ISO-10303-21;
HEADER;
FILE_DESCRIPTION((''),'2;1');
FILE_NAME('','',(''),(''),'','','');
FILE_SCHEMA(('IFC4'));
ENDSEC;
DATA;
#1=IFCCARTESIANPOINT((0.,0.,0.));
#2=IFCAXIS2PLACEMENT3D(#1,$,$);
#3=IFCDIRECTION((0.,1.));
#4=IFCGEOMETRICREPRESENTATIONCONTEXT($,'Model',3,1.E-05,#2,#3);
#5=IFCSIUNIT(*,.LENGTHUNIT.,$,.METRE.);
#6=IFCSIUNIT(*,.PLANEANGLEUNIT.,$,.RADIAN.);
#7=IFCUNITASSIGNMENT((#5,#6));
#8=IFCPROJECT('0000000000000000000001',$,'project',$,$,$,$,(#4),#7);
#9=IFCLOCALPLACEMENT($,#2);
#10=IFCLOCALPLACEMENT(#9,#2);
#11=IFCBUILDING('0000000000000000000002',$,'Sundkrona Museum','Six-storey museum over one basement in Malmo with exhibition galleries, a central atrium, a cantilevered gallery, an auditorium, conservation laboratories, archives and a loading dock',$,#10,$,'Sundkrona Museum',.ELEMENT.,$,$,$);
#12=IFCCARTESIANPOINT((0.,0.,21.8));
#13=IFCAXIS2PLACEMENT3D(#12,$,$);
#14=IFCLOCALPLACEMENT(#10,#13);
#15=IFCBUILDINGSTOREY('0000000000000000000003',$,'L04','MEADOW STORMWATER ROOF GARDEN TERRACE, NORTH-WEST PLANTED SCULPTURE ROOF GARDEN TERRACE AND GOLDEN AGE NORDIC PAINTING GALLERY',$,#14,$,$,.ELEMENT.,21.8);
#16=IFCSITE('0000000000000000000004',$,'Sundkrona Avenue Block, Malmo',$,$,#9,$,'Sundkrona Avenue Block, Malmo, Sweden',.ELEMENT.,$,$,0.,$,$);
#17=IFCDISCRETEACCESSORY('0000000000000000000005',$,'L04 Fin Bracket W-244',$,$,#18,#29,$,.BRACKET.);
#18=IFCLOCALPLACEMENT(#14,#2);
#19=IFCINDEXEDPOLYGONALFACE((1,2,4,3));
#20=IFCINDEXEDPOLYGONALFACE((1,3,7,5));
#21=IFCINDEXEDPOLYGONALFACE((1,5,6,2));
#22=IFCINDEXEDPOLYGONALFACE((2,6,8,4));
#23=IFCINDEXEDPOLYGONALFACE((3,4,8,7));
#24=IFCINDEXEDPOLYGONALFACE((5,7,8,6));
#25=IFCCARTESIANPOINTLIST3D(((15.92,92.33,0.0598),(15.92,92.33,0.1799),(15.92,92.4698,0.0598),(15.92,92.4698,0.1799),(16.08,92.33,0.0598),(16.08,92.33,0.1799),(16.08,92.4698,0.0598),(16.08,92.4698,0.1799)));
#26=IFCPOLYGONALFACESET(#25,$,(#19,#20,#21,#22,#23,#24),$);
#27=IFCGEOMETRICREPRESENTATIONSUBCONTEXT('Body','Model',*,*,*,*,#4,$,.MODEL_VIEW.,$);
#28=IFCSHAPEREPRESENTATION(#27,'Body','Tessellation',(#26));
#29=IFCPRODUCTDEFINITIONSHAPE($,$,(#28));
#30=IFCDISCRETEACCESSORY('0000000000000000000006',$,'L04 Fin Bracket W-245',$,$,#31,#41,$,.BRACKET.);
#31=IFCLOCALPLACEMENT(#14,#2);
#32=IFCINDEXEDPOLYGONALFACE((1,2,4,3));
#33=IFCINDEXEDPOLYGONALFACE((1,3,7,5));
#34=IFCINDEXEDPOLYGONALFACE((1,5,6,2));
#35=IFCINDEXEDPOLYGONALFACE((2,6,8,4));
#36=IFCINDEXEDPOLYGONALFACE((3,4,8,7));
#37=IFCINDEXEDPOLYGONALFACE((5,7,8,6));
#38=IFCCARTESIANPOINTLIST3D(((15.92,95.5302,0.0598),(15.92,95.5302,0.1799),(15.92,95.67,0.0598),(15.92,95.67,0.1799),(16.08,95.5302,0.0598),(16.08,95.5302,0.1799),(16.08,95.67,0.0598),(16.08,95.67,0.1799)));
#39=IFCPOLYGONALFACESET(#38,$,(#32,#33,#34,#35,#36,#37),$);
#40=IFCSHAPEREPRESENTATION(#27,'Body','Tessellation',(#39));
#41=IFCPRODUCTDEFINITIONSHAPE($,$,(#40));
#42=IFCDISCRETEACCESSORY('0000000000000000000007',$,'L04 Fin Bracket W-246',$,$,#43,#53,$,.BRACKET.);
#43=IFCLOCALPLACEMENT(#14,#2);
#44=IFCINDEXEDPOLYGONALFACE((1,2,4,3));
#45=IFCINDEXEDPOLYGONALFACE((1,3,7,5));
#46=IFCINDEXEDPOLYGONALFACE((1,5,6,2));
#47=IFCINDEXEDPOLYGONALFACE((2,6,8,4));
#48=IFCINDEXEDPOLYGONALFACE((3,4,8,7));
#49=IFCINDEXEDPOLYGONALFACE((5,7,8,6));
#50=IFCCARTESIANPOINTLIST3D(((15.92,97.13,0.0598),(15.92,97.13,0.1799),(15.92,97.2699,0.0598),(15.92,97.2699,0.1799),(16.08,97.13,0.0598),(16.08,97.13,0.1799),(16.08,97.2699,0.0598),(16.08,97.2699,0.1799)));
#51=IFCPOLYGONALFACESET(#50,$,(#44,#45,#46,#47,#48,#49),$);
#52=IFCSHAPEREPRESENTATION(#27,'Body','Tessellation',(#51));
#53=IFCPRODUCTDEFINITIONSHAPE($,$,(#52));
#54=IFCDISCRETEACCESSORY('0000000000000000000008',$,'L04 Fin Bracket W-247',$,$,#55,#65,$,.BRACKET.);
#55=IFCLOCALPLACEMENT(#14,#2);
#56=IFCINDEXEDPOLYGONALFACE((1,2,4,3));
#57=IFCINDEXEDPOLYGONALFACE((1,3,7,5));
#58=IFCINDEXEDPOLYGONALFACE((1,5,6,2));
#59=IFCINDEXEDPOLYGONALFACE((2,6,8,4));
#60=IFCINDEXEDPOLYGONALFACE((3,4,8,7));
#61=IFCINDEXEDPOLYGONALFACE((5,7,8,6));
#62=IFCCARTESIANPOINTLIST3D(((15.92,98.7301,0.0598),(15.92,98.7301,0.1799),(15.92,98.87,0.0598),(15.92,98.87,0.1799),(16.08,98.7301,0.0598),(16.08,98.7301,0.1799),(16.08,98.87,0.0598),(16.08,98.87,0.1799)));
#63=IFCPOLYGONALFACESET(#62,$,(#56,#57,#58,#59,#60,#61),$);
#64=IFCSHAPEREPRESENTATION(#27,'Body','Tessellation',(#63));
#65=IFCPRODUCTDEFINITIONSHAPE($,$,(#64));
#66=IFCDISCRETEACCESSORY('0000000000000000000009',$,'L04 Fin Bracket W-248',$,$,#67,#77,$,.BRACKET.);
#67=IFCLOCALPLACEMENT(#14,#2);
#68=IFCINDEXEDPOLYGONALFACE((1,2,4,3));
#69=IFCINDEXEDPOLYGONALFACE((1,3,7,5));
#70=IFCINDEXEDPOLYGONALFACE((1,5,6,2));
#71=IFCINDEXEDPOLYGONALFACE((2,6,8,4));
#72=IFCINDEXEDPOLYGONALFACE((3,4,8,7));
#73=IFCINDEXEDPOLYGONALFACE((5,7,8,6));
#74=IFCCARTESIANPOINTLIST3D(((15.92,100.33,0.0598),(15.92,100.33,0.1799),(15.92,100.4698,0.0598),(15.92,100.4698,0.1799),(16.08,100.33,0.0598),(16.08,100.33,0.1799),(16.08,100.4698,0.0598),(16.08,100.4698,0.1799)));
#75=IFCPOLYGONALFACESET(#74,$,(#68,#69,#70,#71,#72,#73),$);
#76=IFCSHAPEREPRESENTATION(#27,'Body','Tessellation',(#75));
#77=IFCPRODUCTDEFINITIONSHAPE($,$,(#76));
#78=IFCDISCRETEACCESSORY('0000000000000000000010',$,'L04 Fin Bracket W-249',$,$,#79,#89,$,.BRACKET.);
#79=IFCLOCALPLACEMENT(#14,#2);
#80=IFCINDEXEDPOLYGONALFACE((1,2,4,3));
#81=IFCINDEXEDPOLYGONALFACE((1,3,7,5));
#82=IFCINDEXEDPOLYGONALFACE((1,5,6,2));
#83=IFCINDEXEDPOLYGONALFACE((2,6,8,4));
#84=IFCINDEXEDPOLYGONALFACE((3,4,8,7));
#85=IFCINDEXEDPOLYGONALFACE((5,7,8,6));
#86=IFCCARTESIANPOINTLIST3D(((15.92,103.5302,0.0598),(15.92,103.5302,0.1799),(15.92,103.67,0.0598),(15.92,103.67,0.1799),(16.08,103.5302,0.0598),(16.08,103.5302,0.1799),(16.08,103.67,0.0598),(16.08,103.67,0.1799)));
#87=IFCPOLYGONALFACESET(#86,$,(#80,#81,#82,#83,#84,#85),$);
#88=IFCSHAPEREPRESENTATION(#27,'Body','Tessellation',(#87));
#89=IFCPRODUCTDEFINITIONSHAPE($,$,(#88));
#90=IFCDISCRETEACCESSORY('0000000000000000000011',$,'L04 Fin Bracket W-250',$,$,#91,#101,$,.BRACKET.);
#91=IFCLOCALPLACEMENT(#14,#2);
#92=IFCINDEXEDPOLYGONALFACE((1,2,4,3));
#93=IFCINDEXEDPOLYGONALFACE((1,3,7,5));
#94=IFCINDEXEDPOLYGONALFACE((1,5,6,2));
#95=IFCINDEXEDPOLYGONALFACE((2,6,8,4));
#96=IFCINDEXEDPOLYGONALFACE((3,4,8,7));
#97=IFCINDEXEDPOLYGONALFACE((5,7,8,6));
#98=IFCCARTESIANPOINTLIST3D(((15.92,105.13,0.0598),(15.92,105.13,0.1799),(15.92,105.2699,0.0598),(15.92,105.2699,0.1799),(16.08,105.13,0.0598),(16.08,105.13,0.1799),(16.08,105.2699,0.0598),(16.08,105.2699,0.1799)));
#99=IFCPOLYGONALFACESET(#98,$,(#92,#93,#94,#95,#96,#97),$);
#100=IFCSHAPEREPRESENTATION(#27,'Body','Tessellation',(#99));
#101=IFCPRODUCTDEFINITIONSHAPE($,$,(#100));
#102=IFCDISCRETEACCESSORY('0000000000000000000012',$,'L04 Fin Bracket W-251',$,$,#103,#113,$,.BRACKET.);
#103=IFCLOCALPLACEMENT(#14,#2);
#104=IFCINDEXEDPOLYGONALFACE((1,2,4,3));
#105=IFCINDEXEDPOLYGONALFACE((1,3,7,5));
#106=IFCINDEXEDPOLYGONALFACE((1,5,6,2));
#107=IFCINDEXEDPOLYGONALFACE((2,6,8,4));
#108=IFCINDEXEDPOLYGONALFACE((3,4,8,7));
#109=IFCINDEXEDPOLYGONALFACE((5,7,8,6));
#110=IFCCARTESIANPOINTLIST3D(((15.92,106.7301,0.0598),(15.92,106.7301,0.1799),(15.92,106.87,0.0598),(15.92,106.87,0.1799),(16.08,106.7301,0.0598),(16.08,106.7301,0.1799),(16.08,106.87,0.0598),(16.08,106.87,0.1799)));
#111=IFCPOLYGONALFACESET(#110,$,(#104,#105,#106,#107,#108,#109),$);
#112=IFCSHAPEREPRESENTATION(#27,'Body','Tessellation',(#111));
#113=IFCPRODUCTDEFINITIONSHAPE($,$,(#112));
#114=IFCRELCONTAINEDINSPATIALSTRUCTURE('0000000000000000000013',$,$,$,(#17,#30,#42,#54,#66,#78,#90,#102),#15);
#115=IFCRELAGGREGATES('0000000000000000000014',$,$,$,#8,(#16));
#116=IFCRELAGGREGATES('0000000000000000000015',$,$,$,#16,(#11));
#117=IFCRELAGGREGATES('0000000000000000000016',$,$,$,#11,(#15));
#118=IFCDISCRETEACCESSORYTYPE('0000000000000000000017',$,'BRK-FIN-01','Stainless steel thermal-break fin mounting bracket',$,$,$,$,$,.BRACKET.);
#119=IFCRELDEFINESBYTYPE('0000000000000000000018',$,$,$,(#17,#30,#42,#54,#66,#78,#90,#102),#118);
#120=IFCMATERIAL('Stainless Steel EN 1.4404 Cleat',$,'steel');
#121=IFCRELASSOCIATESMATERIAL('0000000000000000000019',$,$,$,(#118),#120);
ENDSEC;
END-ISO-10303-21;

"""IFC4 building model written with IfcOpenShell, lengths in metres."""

from ifc_helpers import new_model, si_unit, direction, frame, origin, origin_2d, place, context, subcontext, project, spatial, rectangle, extrude, material, type_object, element, save


model = new_model("IFC4")

# Units and contexts
model_context = context("Model", 3, precision=1e-05, world=origin(), true_north=direction((0.0, 1.0)))
body_context = subcontext(model_context, "Body", "Model", "MODEL_VIEW")
ifc_project = project(units=[si_unit("LENGTHUNIT", "METRE"), si_unit("PLANEANGLEUNIT", "RADIAN")], contexts=[model_context])

# Site, building, storey
site_placement = place(None, origin())
site = spatial("IfcSite", under=ifc_project, at=site_placement, Name="Sundkrona Avenue Block, Malmo", LongName="Sundkrona Avenue Block, Malmo, Sweden", CompositionType="ELEMENT", RefElevation=0.0)
building_placement = place(site_placement, origin())
building = spatial("IfcBuilding", under=site, at=building_placement, Name="Sundkrona Museum", Description="Six-storey museum over one basement in Malmo with exhibition galleries, a central atrium, a cantilevered gallery, an auditorium, conservation laboratories, archives and a loading dock", LongName="Sundkrona Museum", CompositionType="ELEMENT")
storey_placement = place(building_placement, frame((0.0, 0.0, 21.8)))
storey = spatial("IfcBuildingStorey", under=building, at=storey_placement, Name="L04", Description="MEADOW STORMWATER ROOF GARDEN TERRACE, NORTH-WEST PLANTED SCULPTURE ROOF GARDEN TERRACE AND GOLDEN AGE NORDIC PAINTING GALLERY", CompositionType="ELEMENT", Elevation=21.8)

# Discrete accessories
ifc_material_1 = material(Name="Stainless Steel EN 1.4404 Cleat", Category="steel")
discrete_accessory_type = type_object("IfcDiscreteAccessoryType", Name="BRK-FIN-01", Description="Stainless steel thermal-break fin mounting bracket", PredefinedType="BRACKET", material=ifc_material_1)
for number, where, z_axis, x_axis, name in (
    (1, (16.0, 92.3999, 0.0598), (0.0, 0.0, 1.0), (1.0, 0.0, 0.0), "L04 Fin Bracket W-244"),
    (2, (16.0, 95.6001, 0.0598), (0.0, 0.0, 1.0), (1.0, 0.0, 0.0), "L04 Fin Bracket W-245"),
    (3, (16.0, 97.2, 0.0598), (0.0, 0.0, 1.0), (1.0, 0.0, 0.0), "L04 Fin Bracket W-246"),
    (4, (16.0, 98.8, 0.0598), (0.0, 0.0, 1.0), (1.0, 0.0, 0.0), "L04 Fin Bracket W-247"),
    (5, (16.0, 100.3999, 0.0598), (0.0, 0.0, 1.0), (1.0, 0.0, 0.0), "L04 Fin Bracket W-248"),
    (6, (16.0, 103.6001, 0.0598), (0.0, 0.0, 1.0), (1.0, 0.0, 0.0), "L04 Fin Bracket W-249"),
    (7, (16.0, 105.2, 0.0598), (0.0, 0.0, 1.0), (1.0, 0.0, 0.0), "L04 Fin Bracket W-250"),
    (8, (16.0, 106.8, 0.0598), (0.0, 0.0, 1.0), (1.0, 0.0, 0.0), "L04 Fin Bracket W-251"),
):
    element("IfcDiscreteAccessory", number, at=place(storey_placement, frame(where, z_axis=z_axis, x_axis=x_axis)), inside=storey, type_object=discrete_accessory_type, Name=name, PredefinedType="BRACKET", context=body_context, shape_type="SweptSolid", body=[
        extrude(rectangle(XDim=0.1599, YDim=0.1399, at=origin_2d()), origin(), (0.0, 0.0, 1.0), 0.1201),
    ])

save(model, "model.ifc")
